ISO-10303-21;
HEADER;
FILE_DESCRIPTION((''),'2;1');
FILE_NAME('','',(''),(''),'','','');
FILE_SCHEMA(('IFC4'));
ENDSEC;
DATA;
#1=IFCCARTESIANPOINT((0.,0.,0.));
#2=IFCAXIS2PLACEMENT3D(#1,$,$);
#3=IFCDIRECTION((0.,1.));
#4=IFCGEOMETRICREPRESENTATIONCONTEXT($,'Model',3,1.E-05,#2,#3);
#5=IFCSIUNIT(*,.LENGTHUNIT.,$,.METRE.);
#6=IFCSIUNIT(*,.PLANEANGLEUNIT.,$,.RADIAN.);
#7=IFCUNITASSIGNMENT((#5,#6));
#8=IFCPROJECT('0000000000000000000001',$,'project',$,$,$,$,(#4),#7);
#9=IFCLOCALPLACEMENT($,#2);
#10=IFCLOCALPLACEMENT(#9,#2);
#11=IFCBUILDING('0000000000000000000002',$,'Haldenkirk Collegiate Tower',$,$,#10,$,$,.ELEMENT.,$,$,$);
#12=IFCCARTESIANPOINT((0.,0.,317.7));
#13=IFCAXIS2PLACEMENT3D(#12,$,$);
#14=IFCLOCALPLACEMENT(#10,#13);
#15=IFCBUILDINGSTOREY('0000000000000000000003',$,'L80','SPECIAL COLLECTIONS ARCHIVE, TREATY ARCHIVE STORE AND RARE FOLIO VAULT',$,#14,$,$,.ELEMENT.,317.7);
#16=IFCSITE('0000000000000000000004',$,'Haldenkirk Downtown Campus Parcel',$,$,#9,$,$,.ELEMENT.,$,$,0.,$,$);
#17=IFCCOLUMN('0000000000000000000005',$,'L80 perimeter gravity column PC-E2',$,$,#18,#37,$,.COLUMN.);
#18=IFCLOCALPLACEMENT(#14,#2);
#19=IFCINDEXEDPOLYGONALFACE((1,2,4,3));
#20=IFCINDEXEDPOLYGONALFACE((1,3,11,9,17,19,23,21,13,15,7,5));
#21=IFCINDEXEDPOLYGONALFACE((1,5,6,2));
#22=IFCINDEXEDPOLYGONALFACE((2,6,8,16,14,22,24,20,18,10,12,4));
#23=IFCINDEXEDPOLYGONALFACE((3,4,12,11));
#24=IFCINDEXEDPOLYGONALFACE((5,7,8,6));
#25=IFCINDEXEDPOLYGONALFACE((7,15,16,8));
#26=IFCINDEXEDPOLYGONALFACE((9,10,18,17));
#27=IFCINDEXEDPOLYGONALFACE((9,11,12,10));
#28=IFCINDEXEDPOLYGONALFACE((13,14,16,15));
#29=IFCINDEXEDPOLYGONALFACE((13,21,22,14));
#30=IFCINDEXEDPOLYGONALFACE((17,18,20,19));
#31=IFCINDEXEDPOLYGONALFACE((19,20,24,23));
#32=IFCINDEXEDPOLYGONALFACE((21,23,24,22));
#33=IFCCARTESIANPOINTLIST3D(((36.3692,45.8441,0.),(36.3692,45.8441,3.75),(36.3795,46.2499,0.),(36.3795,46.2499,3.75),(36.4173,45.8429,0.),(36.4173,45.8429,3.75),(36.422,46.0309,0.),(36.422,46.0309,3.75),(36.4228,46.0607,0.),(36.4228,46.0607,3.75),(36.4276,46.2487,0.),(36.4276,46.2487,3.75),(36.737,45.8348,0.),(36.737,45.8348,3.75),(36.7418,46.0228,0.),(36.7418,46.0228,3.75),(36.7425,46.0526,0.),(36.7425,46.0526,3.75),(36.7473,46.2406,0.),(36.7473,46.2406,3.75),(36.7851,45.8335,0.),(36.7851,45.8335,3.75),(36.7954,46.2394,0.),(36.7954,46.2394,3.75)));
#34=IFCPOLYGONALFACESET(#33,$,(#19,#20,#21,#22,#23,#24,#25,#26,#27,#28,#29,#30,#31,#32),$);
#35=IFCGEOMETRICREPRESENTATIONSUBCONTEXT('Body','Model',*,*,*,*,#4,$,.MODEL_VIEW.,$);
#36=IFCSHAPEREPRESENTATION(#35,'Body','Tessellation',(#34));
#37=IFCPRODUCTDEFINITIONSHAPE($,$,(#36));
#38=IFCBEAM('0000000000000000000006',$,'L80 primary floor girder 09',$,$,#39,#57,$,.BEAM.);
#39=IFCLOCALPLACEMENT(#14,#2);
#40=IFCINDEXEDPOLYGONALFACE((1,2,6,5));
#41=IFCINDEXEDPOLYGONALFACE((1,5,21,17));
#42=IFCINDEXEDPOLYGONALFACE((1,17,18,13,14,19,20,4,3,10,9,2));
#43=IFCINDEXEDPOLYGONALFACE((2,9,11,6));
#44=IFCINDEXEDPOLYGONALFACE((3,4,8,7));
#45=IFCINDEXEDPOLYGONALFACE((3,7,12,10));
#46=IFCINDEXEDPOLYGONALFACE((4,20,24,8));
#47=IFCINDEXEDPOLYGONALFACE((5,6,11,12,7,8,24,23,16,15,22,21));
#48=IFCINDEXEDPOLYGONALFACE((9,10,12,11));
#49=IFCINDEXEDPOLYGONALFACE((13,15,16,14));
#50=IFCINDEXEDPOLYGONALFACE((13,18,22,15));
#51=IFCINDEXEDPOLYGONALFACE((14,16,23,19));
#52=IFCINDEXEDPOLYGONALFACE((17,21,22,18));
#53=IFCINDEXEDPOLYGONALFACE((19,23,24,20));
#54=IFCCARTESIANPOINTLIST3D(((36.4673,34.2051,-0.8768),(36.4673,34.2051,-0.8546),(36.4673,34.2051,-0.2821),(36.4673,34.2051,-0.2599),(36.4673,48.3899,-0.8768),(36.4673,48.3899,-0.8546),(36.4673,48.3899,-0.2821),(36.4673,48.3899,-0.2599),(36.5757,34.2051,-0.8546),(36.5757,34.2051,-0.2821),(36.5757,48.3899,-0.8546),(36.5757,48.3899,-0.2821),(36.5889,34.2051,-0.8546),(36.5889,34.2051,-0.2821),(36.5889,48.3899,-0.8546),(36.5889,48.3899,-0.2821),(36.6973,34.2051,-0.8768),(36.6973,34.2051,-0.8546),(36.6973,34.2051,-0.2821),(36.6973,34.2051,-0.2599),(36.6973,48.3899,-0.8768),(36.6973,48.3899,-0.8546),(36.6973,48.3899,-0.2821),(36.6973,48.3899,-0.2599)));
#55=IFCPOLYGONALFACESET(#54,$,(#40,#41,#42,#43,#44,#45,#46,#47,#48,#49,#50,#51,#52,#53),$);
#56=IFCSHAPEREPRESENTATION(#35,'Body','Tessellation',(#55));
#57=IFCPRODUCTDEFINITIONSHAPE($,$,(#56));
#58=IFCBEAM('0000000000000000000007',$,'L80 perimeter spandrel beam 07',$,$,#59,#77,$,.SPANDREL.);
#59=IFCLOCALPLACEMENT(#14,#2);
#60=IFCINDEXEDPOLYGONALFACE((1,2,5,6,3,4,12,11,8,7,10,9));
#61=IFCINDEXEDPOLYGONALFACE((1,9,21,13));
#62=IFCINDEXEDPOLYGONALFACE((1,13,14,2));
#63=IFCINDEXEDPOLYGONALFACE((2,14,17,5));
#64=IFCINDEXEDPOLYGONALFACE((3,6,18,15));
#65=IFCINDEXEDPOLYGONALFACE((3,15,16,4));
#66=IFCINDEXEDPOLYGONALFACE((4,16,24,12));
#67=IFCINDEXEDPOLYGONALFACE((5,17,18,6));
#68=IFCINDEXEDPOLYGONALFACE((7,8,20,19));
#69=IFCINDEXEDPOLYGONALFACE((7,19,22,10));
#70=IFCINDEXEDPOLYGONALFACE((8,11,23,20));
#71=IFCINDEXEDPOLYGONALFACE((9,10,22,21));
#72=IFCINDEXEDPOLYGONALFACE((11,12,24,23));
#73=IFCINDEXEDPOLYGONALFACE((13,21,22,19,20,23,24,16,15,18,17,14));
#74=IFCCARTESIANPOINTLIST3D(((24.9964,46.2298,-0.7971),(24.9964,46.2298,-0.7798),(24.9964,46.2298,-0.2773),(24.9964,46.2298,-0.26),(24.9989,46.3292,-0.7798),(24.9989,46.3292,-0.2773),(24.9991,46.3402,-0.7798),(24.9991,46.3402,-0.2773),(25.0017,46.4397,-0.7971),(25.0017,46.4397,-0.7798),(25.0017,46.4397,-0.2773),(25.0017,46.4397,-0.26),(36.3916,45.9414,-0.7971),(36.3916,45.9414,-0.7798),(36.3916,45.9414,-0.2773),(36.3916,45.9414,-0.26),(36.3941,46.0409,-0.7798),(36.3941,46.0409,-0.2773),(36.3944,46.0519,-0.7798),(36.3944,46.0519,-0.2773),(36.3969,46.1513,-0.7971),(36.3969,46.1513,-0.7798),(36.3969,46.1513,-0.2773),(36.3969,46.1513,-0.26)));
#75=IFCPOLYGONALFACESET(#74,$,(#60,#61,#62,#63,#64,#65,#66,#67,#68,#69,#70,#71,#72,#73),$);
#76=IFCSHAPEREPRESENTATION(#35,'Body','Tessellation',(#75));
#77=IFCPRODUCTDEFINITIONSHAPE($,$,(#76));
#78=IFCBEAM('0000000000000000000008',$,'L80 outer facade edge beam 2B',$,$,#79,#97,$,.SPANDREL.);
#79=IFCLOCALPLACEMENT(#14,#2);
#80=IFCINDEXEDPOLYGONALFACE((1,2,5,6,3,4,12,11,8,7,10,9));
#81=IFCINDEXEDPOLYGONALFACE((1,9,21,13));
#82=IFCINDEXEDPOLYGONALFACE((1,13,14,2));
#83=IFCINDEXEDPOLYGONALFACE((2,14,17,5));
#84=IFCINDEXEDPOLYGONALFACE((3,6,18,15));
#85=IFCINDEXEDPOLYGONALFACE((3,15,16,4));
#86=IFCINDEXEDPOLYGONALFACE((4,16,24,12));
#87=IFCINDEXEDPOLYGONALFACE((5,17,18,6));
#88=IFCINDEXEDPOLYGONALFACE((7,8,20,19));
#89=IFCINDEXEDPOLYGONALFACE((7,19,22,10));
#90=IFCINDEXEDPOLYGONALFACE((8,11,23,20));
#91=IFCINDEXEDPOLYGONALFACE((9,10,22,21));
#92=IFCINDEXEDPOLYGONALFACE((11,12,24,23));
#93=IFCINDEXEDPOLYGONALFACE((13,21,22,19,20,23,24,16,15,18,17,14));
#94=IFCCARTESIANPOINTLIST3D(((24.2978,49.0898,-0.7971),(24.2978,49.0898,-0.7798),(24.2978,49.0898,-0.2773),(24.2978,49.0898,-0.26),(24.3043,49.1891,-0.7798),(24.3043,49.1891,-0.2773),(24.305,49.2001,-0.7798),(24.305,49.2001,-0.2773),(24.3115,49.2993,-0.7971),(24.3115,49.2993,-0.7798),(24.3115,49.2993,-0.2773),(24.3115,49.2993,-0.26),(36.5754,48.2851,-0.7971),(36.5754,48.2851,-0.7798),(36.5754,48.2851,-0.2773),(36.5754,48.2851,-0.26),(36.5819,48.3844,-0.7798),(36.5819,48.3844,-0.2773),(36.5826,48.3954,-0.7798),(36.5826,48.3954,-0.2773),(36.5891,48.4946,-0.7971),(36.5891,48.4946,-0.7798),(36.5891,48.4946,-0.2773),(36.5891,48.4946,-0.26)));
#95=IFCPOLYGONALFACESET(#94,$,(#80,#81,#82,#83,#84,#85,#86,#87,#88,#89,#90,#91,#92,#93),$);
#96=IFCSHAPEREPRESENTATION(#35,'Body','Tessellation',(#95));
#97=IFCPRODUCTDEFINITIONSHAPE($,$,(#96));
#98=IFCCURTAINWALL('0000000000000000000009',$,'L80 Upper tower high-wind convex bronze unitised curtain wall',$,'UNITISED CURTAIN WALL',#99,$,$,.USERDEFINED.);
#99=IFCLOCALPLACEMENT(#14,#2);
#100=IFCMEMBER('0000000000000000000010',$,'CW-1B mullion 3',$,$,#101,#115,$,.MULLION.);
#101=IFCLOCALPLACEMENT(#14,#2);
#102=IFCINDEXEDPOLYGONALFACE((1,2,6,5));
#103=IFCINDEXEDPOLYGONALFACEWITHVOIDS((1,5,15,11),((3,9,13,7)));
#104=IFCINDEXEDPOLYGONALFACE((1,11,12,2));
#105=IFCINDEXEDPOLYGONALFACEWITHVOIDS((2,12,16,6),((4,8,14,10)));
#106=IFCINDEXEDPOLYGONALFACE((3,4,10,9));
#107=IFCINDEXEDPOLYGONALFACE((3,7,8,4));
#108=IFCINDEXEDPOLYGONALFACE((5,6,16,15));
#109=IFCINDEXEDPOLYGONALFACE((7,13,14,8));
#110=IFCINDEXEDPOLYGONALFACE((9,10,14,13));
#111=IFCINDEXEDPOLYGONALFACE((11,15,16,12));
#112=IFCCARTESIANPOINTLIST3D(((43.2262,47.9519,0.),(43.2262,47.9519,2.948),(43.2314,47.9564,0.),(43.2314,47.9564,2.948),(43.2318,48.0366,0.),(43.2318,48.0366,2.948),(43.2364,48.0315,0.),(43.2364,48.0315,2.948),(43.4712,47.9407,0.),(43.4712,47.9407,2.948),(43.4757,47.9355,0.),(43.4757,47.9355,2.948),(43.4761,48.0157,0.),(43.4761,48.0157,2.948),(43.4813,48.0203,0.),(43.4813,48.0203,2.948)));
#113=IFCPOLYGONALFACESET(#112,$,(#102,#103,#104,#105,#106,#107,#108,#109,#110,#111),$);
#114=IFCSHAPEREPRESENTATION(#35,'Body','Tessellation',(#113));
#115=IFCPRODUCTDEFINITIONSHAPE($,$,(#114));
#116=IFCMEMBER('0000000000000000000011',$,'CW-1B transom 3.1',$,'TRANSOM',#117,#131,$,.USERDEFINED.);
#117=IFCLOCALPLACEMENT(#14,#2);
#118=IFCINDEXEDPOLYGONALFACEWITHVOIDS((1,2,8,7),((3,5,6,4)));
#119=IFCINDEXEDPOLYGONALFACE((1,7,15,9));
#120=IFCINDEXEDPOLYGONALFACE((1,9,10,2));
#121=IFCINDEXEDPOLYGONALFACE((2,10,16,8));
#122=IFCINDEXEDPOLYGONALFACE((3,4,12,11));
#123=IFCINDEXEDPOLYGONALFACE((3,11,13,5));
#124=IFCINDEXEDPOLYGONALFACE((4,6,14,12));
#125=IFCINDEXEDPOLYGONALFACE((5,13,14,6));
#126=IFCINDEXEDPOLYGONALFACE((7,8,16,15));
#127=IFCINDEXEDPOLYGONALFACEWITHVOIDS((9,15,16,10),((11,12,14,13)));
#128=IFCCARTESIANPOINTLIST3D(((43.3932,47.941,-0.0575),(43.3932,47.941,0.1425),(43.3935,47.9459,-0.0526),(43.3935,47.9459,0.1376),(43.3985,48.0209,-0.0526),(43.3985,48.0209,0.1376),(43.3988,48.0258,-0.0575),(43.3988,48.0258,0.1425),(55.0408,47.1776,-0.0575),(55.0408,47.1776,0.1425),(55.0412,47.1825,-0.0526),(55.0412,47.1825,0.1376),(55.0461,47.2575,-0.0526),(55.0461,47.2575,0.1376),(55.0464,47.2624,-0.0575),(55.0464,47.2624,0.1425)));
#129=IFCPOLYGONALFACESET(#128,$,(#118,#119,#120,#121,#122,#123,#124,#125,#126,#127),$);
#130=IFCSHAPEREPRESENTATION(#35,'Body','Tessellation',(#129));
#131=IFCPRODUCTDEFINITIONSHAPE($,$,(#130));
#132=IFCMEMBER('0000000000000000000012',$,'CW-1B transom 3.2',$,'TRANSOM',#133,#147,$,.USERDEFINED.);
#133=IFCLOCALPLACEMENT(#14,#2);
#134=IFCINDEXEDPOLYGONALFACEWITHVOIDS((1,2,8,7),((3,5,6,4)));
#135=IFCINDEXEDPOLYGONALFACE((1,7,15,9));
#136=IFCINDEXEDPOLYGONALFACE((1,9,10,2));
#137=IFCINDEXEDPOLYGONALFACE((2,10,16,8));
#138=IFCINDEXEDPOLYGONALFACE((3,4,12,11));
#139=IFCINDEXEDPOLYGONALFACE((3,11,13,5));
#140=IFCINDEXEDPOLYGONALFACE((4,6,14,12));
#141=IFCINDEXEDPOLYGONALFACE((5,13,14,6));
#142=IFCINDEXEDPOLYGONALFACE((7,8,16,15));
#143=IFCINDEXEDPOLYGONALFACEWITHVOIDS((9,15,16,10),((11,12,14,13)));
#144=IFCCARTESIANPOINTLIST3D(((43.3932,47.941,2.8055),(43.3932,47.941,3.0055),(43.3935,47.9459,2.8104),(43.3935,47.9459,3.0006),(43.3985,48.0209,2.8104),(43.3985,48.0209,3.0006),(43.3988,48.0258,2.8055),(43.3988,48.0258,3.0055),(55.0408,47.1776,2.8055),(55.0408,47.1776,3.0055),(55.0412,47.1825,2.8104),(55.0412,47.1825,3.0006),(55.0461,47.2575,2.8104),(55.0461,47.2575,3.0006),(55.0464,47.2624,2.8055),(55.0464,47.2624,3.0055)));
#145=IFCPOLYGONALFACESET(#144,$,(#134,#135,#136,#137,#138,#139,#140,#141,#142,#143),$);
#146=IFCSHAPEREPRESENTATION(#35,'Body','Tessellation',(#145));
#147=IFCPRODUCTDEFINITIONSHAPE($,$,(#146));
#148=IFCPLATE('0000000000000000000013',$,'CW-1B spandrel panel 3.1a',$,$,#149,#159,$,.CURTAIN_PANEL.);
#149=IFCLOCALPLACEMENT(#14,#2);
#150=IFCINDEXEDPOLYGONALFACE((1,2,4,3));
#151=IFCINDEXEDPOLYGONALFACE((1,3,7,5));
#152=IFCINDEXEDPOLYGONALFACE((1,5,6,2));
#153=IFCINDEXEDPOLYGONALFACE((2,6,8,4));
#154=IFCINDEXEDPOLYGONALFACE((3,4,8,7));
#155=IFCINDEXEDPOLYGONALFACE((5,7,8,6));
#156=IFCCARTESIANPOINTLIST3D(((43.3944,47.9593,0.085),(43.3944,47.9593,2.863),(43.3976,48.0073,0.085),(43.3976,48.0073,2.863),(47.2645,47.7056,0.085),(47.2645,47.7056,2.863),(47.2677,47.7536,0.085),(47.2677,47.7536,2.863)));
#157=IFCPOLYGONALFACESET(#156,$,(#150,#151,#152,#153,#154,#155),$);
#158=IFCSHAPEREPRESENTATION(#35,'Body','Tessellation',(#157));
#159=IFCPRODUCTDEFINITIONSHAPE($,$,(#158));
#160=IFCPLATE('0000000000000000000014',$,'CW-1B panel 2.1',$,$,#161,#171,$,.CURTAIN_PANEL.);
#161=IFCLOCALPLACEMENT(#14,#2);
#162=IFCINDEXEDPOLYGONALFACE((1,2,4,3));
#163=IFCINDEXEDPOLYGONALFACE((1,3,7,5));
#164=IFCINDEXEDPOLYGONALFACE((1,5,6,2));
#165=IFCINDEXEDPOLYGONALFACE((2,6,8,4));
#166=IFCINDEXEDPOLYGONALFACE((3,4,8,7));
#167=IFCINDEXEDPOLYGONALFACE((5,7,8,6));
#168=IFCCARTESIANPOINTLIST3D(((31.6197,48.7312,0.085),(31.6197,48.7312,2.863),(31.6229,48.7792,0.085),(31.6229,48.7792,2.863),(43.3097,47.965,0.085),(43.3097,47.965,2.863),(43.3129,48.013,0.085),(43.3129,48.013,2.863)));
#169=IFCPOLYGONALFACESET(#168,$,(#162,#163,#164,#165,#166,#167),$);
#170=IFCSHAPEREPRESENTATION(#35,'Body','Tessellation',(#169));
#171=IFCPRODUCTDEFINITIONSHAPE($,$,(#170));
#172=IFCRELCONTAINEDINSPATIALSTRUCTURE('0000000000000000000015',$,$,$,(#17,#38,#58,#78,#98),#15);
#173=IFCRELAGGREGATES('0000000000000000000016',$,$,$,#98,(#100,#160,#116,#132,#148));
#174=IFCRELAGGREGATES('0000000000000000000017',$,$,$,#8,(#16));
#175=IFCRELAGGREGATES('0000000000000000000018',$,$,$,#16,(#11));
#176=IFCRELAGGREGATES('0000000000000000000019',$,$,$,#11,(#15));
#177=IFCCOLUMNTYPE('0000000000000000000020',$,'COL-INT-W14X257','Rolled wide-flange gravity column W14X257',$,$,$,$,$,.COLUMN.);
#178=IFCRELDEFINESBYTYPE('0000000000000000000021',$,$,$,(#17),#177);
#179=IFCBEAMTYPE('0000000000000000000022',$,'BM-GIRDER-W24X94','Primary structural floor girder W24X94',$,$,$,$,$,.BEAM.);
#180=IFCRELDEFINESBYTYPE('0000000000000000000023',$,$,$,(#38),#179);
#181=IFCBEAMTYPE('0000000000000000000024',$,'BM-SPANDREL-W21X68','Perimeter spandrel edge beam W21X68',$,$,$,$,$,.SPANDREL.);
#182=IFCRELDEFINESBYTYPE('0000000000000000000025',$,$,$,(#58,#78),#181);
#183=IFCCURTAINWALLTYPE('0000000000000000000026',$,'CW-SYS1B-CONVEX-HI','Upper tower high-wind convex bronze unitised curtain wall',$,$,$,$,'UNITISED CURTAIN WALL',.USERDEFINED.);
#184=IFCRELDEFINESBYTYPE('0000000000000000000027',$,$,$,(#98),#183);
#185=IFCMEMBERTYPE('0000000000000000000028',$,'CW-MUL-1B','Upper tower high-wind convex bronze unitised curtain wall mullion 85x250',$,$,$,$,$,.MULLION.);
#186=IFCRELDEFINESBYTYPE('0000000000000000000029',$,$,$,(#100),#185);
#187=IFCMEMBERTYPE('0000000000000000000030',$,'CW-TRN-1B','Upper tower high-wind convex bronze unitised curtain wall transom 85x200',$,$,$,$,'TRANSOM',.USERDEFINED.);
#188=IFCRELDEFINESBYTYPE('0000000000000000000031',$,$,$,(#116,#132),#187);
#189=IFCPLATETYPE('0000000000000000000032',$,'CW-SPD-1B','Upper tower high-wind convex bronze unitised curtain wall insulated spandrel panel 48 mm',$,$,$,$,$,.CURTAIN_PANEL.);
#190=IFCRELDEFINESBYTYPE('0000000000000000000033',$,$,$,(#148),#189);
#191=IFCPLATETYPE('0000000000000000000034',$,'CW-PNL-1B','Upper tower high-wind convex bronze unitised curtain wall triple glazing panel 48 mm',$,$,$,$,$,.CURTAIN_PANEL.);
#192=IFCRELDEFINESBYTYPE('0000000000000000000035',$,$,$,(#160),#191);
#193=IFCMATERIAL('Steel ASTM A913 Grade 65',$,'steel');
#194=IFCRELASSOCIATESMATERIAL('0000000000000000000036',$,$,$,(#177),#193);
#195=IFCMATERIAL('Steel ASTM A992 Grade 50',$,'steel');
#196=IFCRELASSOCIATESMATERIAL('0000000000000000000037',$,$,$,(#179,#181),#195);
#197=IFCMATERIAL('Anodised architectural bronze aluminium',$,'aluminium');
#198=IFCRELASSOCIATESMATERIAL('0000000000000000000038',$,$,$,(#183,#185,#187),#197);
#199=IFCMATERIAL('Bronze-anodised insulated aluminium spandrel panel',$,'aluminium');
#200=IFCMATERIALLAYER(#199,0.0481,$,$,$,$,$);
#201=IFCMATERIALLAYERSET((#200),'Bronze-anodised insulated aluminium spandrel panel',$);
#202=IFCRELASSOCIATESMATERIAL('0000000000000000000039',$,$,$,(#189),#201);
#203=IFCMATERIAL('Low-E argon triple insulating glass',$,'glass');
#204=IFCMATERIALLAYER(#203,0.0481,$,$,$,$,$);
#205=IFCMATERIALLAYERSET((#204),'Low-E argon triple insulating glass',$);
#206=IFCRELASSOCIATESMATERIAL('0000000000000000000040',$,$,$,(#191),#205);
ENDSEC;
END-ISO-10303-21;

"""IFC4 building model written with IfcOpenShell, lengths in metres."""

from ifc_helpers import new_model, si_unit, direction, frame, origin, origin_2d, place, context, subcontext, project, spatial, rectangle, hollow_rectangle, i_section, extrude, source, transform, mapped, material, layer, layer_set, material_profile, profile_set, type_object, element, aggregate, save


model = new_model("IFC4")

# Units and contexts
model_context = context("Model", 3, precision=1e-05, world=origin(), true_north=direction((0.0, 1.0)))
body_context = subcontext(model_context, "Body", "Model", "MODEL_VIEW")
ifc_project = project(units=[si_unit("LENGTHUNIT", "METRE"), si_unit("PLANEANGLEUNIT", "RADIAN")], contexts=[model_context])

# Site, building, storey
site_placement = place(None, origin())
site = spatial("IfcSite", under=ifc_project, at=site_placement, Name="Haldenkirk Downtown Campus Parcel", CompositionType="ELEMENT", RefElevation=0.0)
building_placement = place(site_placement, origin())
building = spatial("IfcBuilding", under=site, at=building_placement, Name="Haldenkirk Collegiate Tower", CompositionType="ELEMENT")
storey_placement = place(building_placement, frame((0.0, 0.0, 317.7)))
storey = spatial("IfcBuildingStorey", under=building, at=storey_placement, Name="L80", Description="SPECIAL COLLECTIONS ARCHIVE, TREATY ARCHIVE STORE AND RARE FOLIO VAULT", CompositionType="ELEMENT", Elevation=317.7)

# Column
ifc_material_1 = material(Name="Steel ASTM A913 Grade 65", Category="steel")
ifc_material_profile_1 = material_profile(ifc_material_1, i_section(OverallWidth=0.406, OverallDepth=0.416, WebThickness=0.0298, FlangeThickness=0.0481, at=origin_2d()), Name="W14X257")
ifc_profile_set_1 = profile_set([ifc_material_profile_1], Name="Steel ASTM A913 Grade 65")
column_type = type_object("IfcColumnType", Name="COL-INT-W14X257", Description="Rolled wide-flange gravity column W14X257", PredefinedType="COLUMN", material=ifc_profile_set_1)
column_placement = place(storey_placement, frame((36.5823, 46.0417, 0.0), z_axis=(0.0, 0.0, 1.0), x_axis=(0.025305, 0.99968, 0.0)))
element("IfcColumn", 1, at=column_placement, inside=storey, type_object=column_type, Name="L80 perimeter gravity column PC-E2", PredefinedType="COLUMN", context=body_context, shape_type="SweptSolid", body=[
    extrude(i_section(OverallWidth=0.406, OverallDepth=0.416, WebThickness=0.0298, FlangeThickness=0.0481, at=origin_2d()), origin(), (0.0, 0.0, 1.0), 3.75),
])

# Beams
ifc_material_2 = material(Name="Steel ASTM A992 Grade 50", Category="steel")
ifc_material_profile_2 = material_profile(ifc_material_2, i_section(OverallWidth=0.23, OverallDepth=0.6169, WebThickness=0.0132, FlangeThickness=0.0222, at=origin_2d()), Name="W24X94")
ifc_profile_set_2 = profile_set([ifc_material_profile_2], Name="Steel ASTM A992 Grade 50")
beam_type_1 = type_object("IfcBeamType", Name="BM-GIRDER-W24X94", Description="Primary structural floor girder W24X94", PredefinedType="BEAM", material=ifc_profile_set_2)
beam_1_placement = place(storey_placement, frame((36.5823, 48.3899, -0.5684), z_axis=(0.0, -1.0, 0.0), x_axis=(1.0, 0.0, 0.0)))
element("IfcBeam", 2, at=beam_1_placement, inside=storey, type_object=beam_type_1, Name="L80 primary floor girder 09", PredefinedType="BEAM", context=body_context, shape_type="SweptSolid", body=[
    extrude(i_section(OverallWidth=0.23, OverallDepth=0.6169, WebThickness=0.0132, FlangeThickness=0.0222, at=origin_2d()), origin(), (0.0, 0.0, 1.0), 14.1848),
])
ifc_material_profile_3 = material_profile(ifc_material_2, i_section(OverallWidth=0.21, OverallDepth=0.5371, WebThickness=0.011, FlangeThickness=0.0173, at=origin_2d()), Name="W21X68")
ifc_profile_set_3 = profile_set([ifc_material_profile_3], Name="Steel ASTM A992 Grade 50")
beam_type_2 = type_object("IfcBeamType", Name="BM-SPANDREL-W21X68", Description="Perimeter spandrel edge beam W21X68", PredefinedType="SPANDREL", material=ifc_profile_set_3)
beam_2_placement = place(storey_placement, frame((36.3943, 46.0464, -0.5286), z_axis=(-0.99968, 0.025295, 0.0), x_axis=(-0.025295, -0.99968, 0.0)))
element("IfcBeam", 3, at=beam_2_placement, inside=storey, type_object=beam_type_2, Name="L80 perimeter spandrel beam 07", PredefinedType="SPANDREL", context=body_context, shape_type="SweptSolid", body=[
    extrude(i_section(OverallWidth=0.21, OverallDepth=0.5371, WebThickness=0.011, FlangeThickness=0.0173, at=origin_2d()), origin(), (0.0, 0.0, 1.0), 11.3989),
])
beam_3_placement = place(storey_placement, frame((36.5823, 48.3899, -0.5286), z_axis=(-0.997859, 0.065401, 0.0), x_axis=(-0.065401, -0.997859, 0.0)))
element("IfcBeam", 4, at=beam_3_placement, inside=storey, type_object=beam_type_2, Name="L80 outer facade edge beam 2B", PredefinedType="SPANDREL", context=body_context, shape_type="SweptSolid", body=[
    extrude(i_section(OverallWidth=0.21, OverallDepth=0.5371, WebThickness=0.011, FlangeThickness=0.0173, at=origin_2d()), origin(), (0.0, 0.0, 1.0), 12.304),
])

# Curtain wall, members, plates
ifc_material_3 = material(Name="Anodised architectural bronze aluminium", Category="aluminium")
curtain_wall_type = type_object("IfcCurtainWallType", Name="CW-SYS1B-CONVEX-HI", Description="Upper tower high-wind convex bronze unitised curtain wall", ElementType="UNITISED CURTAIN WALL", PredefinedType="USERDEFINED", material=ifc_material_3)
curtain_wall_placement = place(storey_placement, origin())
curtain_wall = element("IfcCurtainWall", 5, at=curtain_wall_placement, inside=storey, type_object=curtain_wall_type, Name="L80 Upper tower high-wind convex bronze unitised curtain wall", ObjectType="UNITISED CURTAIN WALL", PredefinedType="USERDEFINED")
ifc_material_profile_4 = material_profile(ifc_material_3, hollow_rectangle(XDim=0.085, YDim=0.25, WallThickness=0.0049, at=origin_2d()), Name="CW-MUL-1B")
ifc_profile_set_4 = profile_set([ifc_material_profile_4], Name="Anodised architectural bronze aluminium")
member_type_1 = type_object("IfcMemberType", Name="CW-MUL-1B", Description="Upper tower high-wind convex bronze unitised curtain wall mullion 85x250", PredefinedType="MULLION", material=ifc_profile_set_4)
member_1_placement = place(storey_placement, frame((43.3538, 47.9861, 0.0), z_axis=(0.0, 0.0, 1.0), x_axis=(0.065401, 0.997859, 0.0)))
member_1 = element("IfcMember", 6, at=member_1_placement, type_object=member_type_1, Name="CW-1B mullion 3", PredefinedType="MULLION", context=body_context, shape_type="SweptSolid", body=[
    extrude(hollow_rectangle(XDim=0.085, YDim=0.25, WallThickness=0.0049, at=origin_2d()), origin(), (0.0, 0.0, 1.0), 2.948),
])
ifc_material_profile_5 = material_profile(ifc_material_3, hollow_rectangle(XDim=0.085, YDim=0.2, WallThickness=0.0049, at=origin_2d()), Name="CW-TRN-1B")
ifc_profile_set_5 = profile_set([ifc_material_profile_5], Name="Anodised architectural bronze aluminium")
member_type_2 = type_object("IfcMemberType", Name="CW-TRN-1B", Description="Upper tower high-wind convex bronze unitised curtain wall transom 85x200", ElementType="TRANSOM", PredefinedType="USERDEFINED", material=ifc_profile_set_5)
member_2_placement = place(storey_placement, frame((43.396, 47.9834, 0.0425), z_axis=(0.997859, -0.065403, 0.0), x_axis=(0.065403, 0.997859, 0.0)))
member_2 = element("IfcMember", 7, at=member_2_placement, type_object=member_type_2, Name="CW-1B transom 3.1", ObjectType="TRANSOM", PredefinedType="USERDEFINED", context=body_context, shape_type="SweptSolid", body=[
    extrude(hollow_rectangle(XDim=0.085, YDim=0.2, WallThickness=0.0049, at=origin_2d()), origin(), (0.0, 0.0, 1.0), 11.6726),
])
member_3_placement = place(storey_placement, frame((43.396, 47.9834, 2.9055), z_axis=(0.997859, -0.065403, 0.0), x_axis=(0.065403, 0.997859, 0.0)))
member_3 = element("IfcMember", 8, at=member_3_placement, type_object=member_type_2, Name="CW-1B transom 3.2", ObjectType="TRANSOM", PredefinedType="USERDEFINED", context=body_context, shape_type="SweptSolid", body=[
    extrude(hollow_rectangle(XDim=0.085, YDim=0.2, WallThickness=0.0049, at=origin_2d()), origin(), (0.0, 0.0, 1.0), 11.6726),
])
ifc_material_4 = material(Name="Bronze-anodised insulated aluminium spandrel panel", Category="aluminium")
ifc_layer_1 = layer(ifc_material_4, 0.0481)
ifc_layer_set_1 = layer_set([ifc_layer_1], Name="Bronze-anodised insulated aluminium spandrel panel")
plate_type_1 = type_object("IfcPlateType", Name="CW-SPD-1B", Description="Upper tower high-wind convex bronze unitised curtain wall insulated spandrel panel 48 mm", PredefinedType="CURTAIN_PANEL", material=ifc_layer_set_1)
shared_shape_1 = source(origin(), body_context, "Body", "SweptSolid", [
    extrude(rectangle(XDim=3.8784, YDim=0.0481, at=origin_2d()), origin(), (0.0, 0.0, 1.0), 2.7781),
])
plate_1_placement = place(storey_placement, frame((45.3311, 47.8564, 0.085), z_axis=(0.0, 0.0, 1.0), x_axis=(0.997859, -0.065401, 0.0)))
plate_1 = element("IfcPlate", 9, at=plate_1_placement, type_object=plate_type_1, Name="CW-1B spandrel panel 3.1a", PredefinedType="CURTAIN_PANEL", context=body_context, shape_type="MappedRepresentation", body=[
    mapped(shared_shape_1, transform((0.0, 0.0, 0.0), x_axis=(1.0, 0.0, 0.0), y_axis=(0.0, 1.0, 0.0), z_axis=(0.0, 0.0, 1.0), scale=1.0)),
])
ifc_material_5 = material(Name="Low-E argon triple insulating glass", Category="glass")
ifc_layer_2 = layer(ifc_material_5, 0.0481)
ifc_layer_set_2 = layer_set([ifc_layer_2], Name="Low-E argon triple insulating glass")
plate_type_2 = type_object("IfcPlateType", Name="CW-PNL-1B", Description="Upper tower high-wind convex bronze unitised curtain wall triple glazing panel 48 mm", PredefinedType="CURTAIN_PANEL", material=ifc_layer_set_2)
shared_shape_2 = source(origin(), body_context, "Body", "SweptSolid", [
    extrude(rectangle(XDim=11.7151, YDim=0.0481, at=origin_2d()), origin(), (0.0, 0.0, 1.0), 2.7781),
])
plate_2_placement = place(storey_placement, frame((37.4663, 48.3721, 0.085), z_axis=(0.0, 0.0, 1.0), x_axis=(0.997859, -0.065401, 0.0)))
plate_2 = element("IfcPlate", 10, at=plate_2_placement, type_object=plate_type_2, Name="CW-1B panel 2.1", PredefinedType="CURTAIN_PANEL", context=body_context, shape_type="MappedRepresentation", body=[
    mapped(shared_shape_2, transform((0.0, 0.0, 0.0), x_axis=(1.0, 0.0, 0.0), y_axis=(0.0, 1.0, 0.0), z_axis=(0.0, 0.0, 1.0), scale=1.0)),
])
aggregate(curtain_wall, [member_1, plate_2, member_2, member_3, plate_1])

save(model, "model.ifc")
